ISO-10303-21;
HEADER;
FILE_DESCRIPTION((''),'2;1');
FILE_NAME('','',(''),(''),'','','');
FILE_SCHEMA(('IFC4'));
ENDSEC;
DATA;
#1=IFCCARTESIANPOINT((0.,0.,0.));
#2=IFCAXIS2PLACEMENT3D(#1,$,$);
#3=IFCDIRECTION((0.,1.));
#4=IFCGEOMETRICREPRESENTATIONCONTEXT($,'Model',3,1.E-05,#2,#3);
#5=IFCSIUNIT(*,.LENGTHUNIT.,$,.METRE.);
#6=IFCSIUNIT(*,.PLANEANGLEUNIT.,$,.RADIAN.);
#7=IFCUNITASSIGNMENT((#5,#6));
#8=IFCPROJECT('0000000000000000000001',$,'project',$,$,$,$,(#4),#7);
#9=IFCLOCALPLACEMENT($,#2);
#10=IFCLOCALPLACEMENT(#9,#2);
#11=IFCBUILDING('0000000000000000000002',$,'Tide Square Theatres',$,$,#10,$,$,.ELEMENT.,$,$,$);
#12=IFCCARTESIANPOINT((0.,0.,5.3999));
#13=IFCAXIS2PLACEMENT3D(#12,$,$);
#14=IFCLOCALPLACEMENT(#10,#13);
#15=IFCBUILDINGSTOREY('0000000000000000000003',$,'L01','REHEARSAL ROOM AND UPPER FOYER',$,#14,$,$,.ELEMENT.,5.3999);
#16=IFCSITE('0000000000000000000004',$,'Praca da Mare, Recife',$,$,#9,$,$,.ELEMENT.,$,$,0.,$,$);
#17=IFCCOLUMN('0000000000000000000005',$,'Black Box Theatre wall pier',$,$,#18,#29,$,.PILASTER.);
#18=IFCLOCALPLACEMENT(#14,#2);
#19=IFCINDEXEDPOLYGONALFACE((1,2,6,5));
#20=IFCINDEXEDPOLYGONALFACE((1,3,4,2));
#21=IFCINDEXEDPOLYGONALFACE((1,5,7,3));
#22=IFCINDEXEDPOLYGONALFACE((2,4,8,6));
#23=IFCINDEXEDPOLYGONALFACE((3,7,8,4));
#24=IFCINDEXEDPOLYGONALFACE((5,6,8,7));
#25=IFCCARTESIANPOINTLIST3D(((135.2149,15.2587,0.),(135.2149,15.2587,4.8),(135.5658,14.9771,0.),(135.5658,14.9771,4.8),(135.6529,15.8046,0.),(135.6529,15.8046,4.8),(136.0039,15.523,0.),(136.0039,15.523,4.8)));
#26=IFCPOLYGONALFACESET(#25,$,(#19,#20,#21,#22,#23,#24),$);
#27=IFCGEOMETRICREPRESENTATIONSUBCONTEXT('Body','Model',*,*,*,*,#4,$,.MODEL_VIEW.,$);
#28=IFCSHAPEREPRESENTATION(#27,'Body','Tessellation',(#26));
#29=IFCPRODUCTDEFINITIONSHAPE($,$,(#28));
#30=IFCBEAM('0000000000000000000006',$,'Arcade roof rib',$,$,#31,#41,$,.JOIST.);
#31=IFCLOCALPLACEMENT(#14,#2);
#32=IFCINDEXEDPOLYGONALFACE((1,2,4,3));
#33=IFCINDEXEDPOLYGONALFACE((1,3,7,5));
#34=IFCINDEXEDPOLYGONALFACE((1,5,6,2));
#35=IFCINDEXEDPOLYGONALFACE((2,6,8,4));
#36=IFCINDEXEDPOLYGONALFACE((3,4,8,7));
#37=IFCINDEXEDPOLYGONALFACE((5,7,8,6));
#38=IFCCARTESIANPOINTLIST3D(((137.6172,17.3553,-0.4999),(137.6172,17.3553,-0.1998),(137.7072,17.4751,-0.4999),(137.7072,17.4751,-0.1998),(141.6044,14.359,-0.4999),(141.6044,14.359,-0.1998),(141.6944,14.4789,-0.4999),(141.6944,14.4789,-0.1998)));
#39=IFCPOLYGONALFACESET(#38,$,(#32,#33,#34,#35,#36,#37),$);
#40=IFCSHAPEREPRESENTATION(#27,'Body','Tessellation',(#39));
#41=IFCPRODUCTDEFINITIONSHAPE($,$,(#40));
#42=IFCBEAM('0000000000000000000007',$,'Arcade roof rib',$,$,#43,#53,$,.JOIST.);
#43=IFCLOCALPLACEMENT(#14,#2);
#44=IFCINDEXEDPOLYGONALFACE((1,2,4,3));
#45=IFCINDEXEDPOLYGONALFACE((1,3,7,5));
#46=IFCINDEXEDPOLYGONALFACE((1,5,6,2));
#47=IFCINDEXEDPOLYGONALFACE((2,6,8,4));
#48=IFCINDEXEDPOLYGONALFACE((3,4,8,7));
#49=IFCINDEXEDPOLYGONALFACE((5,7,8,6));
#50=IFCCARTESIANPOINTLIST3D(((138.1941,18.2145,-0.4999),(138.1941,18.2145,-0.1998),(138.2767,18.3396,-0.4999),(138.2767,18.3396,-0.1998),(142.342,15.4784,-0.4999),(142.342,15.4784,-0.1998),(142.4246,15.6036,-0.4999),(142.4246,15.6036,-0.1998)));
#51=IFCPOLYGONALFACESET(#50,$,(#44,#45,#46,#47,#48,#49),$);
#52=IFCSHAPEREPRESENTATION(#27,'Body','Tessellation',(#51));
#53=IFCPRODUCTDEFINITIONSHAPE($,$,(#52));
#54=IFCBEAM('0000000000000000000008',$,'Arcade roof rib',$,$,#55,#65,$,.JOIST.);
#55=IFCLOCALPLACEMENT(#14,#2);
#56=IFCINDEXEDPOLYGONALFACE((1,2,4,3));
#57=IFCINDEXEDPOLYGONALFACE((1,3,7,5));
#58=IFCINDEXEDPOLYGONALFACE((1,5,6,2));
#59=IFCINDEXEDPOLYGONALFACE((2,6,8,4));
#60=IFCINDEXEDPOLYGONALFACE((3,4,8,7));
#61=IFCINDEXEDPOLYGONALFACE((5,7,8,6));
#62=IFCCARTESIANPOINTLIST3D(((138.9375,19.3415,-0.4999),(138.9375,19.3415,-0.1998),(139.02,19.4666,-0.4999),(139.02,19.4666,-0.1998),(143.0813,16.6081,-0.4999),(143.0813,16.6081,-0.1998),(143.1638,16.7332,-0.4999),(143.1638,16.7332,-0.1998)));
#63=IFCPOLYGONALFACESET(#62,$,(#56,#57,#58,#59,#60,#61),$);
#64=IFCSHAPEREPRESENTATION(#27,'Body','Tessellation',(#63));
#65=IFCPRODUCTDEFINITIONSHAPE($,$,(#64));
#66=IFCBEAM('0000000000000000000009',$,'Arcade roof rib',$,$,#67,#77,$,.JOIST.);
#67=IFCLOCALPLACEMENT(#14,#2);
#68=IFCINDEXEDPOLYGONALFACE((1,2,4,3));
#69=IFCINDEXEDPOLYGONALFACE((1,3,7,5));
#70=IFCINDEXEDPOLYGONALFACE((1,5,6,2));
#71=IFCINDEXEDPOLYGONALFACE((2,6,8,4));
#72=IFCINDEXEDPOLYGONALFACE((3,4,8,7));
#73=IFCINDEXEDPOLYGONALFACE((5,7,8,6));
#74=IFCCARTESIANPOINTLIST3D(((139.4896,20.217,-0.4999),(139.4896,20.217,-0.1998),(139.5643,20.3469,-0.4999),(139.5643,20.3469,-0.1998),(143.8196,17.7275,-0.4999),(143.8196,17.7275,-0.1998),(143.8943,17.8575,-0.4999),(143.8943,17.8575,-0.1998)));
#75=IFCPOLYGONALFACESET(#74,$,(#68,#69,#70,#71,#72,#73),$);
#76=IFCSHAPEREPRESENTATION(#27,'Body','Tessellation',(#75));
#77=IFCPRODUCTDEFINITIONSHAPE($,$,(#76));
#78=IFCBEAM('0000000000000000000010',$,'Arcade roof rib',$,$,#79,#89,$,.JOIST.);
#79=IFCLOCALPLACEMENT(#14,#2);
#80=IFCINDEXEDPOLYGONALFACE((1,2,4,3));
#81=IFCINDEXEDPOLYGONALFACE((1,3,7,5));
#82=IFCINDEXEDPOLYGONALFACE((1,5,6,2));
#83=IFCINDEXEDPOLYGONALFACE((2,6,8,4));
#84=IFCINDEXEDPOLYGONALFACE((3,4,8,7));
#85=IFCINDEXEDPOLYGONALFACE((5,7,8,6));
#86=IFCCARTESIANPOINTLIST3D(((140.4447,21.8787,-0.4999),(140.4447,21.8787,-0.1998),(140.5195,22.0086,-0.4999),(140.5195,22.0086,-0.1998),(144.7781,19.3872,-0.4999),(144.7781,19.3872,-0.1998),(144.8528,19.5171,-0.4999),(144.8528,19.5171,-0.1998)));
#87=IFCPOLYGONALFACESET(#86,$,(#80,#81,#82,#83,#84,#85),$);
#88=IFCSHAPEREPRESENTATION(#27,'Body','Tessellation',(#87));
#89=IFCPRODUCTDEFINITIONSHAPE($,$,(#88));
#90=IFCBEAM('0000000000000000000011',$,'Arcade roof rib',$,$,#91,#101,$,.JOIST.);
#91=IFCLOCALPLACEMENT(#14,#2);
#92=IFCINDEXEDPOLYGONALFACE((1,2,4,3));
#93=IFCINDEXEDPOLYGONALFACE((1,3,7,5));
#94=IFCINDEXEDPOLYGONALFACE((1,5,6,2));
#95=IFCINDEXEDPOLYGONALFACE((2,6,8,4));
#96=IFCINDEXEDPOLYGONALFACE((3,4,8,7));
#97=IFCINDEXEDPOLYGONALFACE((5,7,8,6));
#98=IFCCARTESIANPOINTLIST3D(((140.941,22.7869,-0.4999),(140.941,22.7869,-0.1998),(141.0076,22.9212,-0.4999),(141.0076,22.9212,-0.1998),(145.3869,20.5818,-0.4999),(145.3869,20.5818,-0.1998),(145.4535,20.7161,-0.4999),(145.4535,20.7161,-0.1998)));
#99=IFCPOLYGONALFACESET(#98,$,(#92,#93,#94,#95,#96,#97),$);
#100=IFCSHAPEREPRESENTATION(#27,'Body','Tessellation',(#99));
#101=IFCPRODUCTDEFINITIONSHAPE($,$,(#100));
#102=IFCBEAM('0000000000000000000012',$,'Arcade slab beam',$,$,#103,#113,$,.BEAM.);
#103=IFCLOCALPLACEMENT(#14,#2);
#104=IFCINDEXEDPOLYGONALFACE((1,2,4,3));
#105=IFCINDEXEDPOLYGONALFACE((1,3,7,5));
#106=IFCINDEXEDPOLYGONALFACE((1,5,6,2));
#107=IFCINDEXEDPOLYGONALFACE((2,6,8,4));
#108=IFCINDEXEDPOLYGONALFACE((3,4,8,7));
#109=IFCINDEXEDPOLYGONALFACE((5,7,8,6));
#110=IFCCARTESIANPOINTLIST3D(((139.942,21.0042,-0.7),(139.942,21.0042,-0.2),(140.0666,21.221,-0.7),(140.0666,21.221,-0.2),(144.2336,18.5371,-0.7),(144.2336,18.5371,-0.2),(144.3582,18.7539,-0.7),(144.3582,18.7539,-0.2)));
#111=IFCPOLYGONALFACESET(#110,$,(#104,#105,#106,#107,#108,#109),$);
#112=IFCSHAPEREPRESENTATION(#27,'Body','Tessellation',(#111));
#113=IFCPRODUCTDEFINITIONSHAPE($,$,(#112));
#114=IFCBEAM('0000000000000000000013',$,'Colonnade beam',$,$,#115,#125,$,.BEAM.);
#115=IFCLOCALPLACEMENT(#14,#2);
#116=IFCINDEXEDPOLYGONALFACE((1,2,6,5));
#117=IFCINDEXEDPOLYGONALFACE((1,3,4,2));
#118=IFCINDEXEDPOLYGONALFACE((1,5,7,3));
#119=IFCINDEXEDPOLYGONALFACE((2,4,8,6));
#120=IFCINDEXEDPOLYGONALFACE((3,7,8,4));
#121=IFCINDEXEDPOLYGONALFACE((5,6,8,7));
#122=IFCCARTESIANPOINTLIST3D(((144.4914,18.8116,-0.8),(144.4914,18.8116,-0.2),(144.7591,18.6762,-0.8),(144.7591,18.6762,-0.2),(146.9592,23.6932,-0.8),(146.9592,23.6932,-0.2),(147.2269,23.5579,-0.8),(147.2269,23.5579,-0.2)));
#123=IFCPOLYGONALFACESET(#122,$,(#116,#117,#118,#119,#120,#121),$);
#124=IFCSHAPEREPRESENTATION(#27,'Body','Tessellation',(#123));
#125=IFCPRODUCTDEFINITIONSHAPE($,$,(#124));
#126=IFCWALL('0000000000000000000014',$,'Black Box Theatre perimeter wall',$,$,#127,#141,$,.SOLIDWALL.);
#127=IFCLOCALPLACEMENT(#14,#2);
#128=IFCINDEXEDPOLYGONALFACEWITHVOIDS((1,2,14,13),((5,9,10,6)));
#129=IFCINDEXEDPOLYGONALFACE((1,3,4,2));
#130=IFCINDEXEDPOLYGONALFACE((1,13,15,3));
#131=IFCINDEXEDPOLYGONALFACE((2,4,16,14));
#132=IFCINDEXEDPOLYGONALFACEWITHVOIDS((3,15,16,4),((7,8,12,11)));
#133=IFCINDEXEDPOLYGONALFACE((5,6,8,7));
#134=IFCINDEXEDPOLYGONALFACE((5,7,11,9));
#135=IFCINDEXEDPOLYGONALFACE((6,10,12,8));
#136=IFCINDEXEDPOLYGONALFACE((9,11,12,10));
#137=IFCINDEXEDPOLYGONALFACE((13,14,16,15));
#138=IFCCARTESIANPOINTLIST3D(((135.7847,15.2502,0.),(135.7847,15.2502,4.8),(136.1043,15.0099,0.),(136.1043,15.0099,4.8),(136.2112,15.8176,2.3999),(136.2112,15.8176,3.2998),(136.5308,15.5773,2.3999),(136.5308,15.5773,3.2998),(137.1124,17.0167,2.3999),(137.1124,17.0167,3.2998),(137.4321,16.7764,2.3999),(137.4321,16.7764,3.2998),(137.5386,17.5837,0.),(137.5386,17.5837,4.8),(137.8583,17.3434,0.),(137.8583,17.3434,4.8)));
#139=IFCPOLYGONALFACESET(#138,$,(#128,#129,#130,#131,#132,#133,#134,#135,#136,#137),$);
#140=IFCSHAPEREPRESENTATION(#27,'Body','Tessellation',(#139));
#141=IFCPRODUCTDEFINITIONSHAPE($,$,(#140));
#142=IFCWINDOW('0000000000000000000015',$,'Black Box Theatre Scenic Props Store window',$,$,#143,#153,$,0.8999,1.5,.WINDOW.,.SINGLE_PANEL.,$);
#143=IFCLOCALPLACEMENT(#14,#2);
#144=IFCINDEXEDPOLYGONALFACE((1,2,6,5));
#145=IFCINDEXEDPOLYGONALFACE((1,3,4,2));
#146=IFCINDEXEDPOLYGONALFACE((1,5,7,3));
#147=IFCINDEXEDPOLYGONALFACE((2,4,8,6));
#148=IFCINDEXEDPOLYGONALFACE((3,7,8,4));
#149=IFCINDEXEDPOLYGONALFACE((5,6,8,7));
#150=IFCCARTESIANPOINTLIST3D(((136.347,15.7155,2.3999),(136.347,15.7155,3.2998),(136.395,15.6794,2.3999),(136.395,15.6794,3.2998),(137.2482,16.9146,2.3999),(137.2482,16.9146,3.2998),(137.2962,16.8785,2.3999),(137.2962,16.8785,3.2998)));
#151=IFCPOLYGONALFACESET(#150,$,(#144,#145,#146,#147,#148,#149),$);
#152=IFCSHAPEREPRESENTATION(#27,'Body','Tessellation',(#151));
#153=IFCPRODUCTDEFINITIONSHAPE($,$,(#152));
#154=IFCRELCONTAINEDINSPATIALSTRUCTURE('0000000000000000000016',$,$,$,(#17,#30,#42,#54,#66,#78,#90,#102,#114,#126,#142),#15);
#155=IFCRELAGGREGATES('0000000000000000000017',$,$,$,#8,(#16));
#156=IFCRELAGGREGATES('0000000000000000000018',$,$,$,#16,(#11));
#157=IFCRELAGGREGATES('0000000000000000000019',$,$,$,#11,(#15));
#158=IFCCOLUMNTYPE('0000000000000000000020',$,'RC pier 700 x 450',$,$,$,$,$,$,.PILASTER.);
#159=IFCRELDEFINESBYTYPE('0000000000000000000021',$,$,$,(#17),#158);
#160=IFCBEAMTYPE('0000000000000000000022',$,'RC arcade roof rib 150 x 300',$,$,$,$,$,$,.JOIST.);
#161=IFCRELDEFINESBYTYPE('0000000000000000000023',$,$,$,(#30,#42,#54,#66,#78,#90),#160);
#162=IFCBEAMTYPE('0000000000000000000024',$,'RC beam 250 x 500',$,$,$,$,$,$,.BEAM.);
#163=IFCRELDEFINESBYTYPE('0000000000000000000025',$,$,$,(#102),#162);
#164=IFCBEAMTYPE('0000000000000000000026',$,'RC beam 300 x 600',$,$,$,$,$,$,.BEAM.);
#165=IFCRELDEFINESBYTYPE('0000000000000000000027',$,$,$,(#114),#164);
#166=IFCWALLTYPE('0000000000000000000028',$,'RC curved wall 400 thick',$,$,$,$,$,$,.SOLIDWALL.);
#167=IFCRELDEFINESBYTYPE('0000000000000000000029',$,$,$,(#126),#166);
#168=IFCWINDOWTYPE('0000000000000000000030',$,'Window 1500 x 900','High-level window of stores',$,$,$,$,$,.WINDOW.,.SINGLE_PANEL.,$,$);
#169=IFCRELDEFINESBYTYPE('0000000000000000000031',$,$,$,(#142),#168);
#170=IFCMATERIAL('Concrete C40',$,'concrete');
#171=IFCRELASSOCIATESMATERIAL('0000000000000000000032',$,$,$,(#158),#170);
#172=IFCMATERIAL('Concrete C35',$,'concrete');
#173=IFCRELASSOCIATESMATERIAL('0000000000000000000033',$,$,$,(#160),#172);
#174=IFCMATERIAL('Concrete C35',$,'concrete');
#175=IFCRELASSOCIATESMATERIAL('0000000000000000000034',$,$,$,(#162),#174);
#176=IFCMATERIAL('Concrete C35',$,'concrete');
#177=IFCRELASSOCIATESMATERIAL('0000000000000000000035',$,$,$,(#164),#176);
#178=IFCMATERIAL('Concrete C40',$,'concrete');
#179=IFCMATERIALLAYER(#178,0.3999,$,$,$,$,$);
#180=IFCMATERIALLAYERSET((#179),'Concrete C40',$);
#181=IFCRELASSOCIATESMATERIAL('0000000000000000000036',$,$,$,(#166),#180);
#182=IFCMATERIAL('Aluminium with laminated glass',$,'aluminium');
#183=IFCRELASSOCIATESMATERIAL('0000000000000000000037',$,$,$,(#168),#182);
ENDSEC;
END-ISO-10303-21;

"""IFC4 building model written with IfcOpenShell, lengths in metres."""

from ifc_helpers import new_model, si_unit, direction, frame, frame_2d, origin, origin_2d, place, context, subcontext, project, spatial, rectangle, extrude, material, layer, layer_set, material_profile, profile_set, type_object, element, fill, save


model = new_model("IFC4")

# Units and contexts
model_context = context("Model", 3, precision=1e-05, world=origin(), true_north=direction((0.0, 1.0)))
body_context = subcontext(model_context, "Body", "Model", "MODEL_VIEW")
ifc_project = project(units=[si_unit("LENGTHUNIT", "METRE"), si_unit("PLANEANGLEUNIT", "RADIAN")], contexts=[model_context])

# Site, building, storey
site_placement = place(None, origin())
site = spatial("IfcSite", under=ifc_project, at=site_placement, Name="Praca da Mare, Recife", CompositionType="ELEMENT", RefElevation=0.0)
building_placement = place(site_placement, origin())
building = spatial("IfcBuilding", under=site, at=building_placement, Name="Tide Square Theatres", CompositionType="ELEMENT")
storey_placement = place(building_placement, frame((0.0, 0.0, 5.3999)))
storey = spatial("IfcBuildingStorey", under=building, at=storey_placement, Name="L01", Description="REHEARSAL ROOM AND UPPER FOYER", CompositionType="ELEMENT", Elevation=5.3999)

# Column
ifc_material_1 = material(Name="Concrete C40", Category="concrete")
ifc_material_profile_1 = material_profile(ifc_material_1, rectangle(XDim=0.7, YDim=0.45, at=origin_2d()))
ifc_profile_set_1 = profile_set([ifc_material_profile_1], Name="Concrete C40")
column_type = type_object("IfcColumnType", Name="RC pier 700 x 450", PredefinedType="PILASTER", material=ifc_profile_set_1)
column_placement = place(storey_placement, frame((135.6094, 15.3909, 0.0), z_axis=(0.0, 0.0, 1.0), x_axis=(0.625819, 0.779968, 0.0)))
element("IfcColumn", 1, at=column_placement, inside=storey, type_object=column_type, Name="Black Box Theatre wall pier", PredefinedType="PILASTER", context=body_context, shape_type="SweptSolid", body=[
    extrude(rectangle(XDim=0.7, YDim=0.45, at=origin_2d()), origin(), (0.0, 0.0, 1.0), 4.8),
])

# Beams
ifc_material_2 = material(Name="Concrete C35", Category="concrete")
ifc_material_profile_2 = material_profile(ifc_material_2, rectangle(XDim=0.1499, YDim=0.3, at=origin_2d()))
ifc_profile_set_2 = profile_set([ifc_material_profile_2], Name="Concrete C35")
beam_type_1 = type_object("IfcBeamType", Name="RC arcade roof rib 150 x 300", PredefinedType="JOIST", material=ifc_profile_set_2)
beam_1_placement = place(storey_placement, frame((141.6494, 14.4189, -0.3499), z_axis=(-0.799436, 0.600752, 0.0), x_axis=(-0.600752, -0.799436, 0.0)))
element("IfcBeam", 2, at=beam_1_placement, inside=storey, type_object=beam_type_1, Name="Arcade roof rib", PredefinedType="JOIST", context=body_context, shape_type="SweptSolid", body=[
    extrude(rectangle(XDim=0.1499, YDim=0.3, at=origin_2d()), origin(), (0.0, 0.0, 1.0), 4.9875),
])
beam_2_placement = place(storey_placement, frame((142.3833, 15.541, -0.3499), z_axis=(-0.834754, 0.550623, 0.0), x_axis=(-0.550623, -0.834754, 0.0)))
element("IfcBeam", 3, at=beam_2_placement, inside=storey, type_object=beam_type_1, Name="Arcade roof rib", PredefinedType="JOIST", context=body_context, shape_type="SweptSolid", body=[
    extrude(rectangle(XDim=0.1499, YDim=0.3, at=origin_2d()), origin(), (0.0, 0.0, 1.0), 4.969),
])
beam_3_placement = place(storey_placement, frame((143.1226, 16.6707, -0.3499), z_axis=(-0.834749, 0.55063, 0.0), x_axis=(-0.55063, -0.834749, 0.0)))
element("IfcBeam", 4, at=beam_3_placement, inside=storey, type_object=beam_type_1, Name="Arcade roof rib", PredefinedType="JOIST", context=body_context, shape_type="SweptSolid", body=[
    extrude(rectangle(XDim=0.1499, YDim=0.3, at=origin_2d()), origin(), (0.0, 0.0, 1.0), 4.9641),
])
beam_4_placement = place(storey_placement, frame((143.8569, 17.7925, -0.3499), z_axis=(-0.866932, 0.498427, 0.0), x_axis=(-0.498427, -0.866932, 0.0)))
element("IfcBeam", 5, at=beam_4_placement, inside=storey, type_object=beam_type_1, Name="Arcade roof rib", PredefinedType="JOIST", context=body_context, shape_type="SweptSolid", body=[
    extrude(rectangle(XDim=0.1499, YDim=0.3, at=origin_2d()), origin(), (0.0, 0.0, 1.0), 4.9946),
])
beam_5_placement = place(storey_placement, frame((144.8154, 19.4521, -0.3499), z_axis=(-0.866921, 0.498446, 0.0), x_axis=(-0.498446, -0.866921, 0.0)))
element("IfcBeam", 6, at=beam_5_placement, inside=storey, type_object=beam_type_1, Name="Arcade roof rib", PredefinedType="JOIST", context=body_context, shape_type="SweptSolid", body=[
    extrude(rectangle(XDim=0.1499, YDim=0.3, at=origin_2d()), origin(), (0.0, 0.0, 1.0), 4.9985),
])
beam_6_placement = place(storey_placement, frame((145.4202, 20.6489, -0.3499), z_axis=(-0.895859, 0.444338, 0.0), x_axis=(-0.444338, -0.895859, 0.0)))
element("IfcBeam", 7, at=beam_6_placement, inside=storey, type_object=beam_type_1, Name="Arcade roof rib", PredefinedType="JOIST", context=body_context, shape_type="SweptSolid", body=[
    extrude(rectangle(XDim=0.1499, YDim=0.3, at=origin_2d()), origin(), (0.0, 0.0, 1.0), 4.9626),
])
ifc_material_3 = material(Name="Concrete C35", Category="concrete")
ifc_material_profile_3 = material_profile(ifc_material_3, rectangle(XDim=0.25, YDim=0.5, at=origin_2d()))
ifc_profile_set_3 = profile_set([ifc_material_profile_3], Name="Concrete C35")
beam_type_2 = type_object("IfcBeamType", Name="RC beam 250 x 500", PredefinedType="BEAM", material=ifc_profile_set_3)
beam_7_placement = place(storey_placement, frame((144.2959, 18.6455, -0.45), z_axis=(-0.866956, 0.498384, 0.0), x_axis=(-0.498384, -0.866956, 0.0)))
element("IfcBeam", 8, at=beam_7_placement, inside=storey, type_object=beam_type_2, Name="Arcade slab beam", PredefinedType="BEAM", context=body_context, shape_type="SweptSolid", body=[
    extrude(rectangle(XDim=0.25, YDim=0.5, at=origin_2d()), origin(), (0.0, 0.0, 1.0), 4.9502),
])
ifc_material_4 = material(Name="Concrete C35", Category="concrete")
ifc_material_profile_4 = material_profile(ifc_material_4, rectangle(XDim=0.3, YDim=0.6001, at=origin_2d()))
ifc_profile_set_4 = profile_set([ifc_material_profile_4], Name="Concrete C35")
beam_type_3 = type_object("IfcBeamType", Name="RC beam 300 x 600", PredefinedType="BEAM", material=ifc_profile_set_4)
beam_8_placement = place(storey_placement, frame((144.6252, 18.7439, -0.5), z_axis=(0.451155, 0.892446, 0.0), x_axis=(-0.892446, 0.451155, 0.0)))
element("IfcBeam", 9, at=beam_8_placement, inside=storey, type_object=beam_type_3, Name="Colonnade beam", PredefinedType="BEAM", context=body_context, shape_type="SweptSolid", body=[
    extrude(rectangle(XDim=0.3, YDim=0.6001, at=origin_2d()), origin(), (0.0, 0.0, 1.0), 5.47),
])

# Wall, opening, window
ifc_material_5 = material(Name="Concrete C40", Category="concrete")
ifc_layer_1 = layer(ifc_material_5, 0.3999)
ifc_layer_set_1 = layer_set([ifc_layer_1], Name="Concrete C40")
wall_type_1 = type_object("IfcWallType", Name="RC curved wall 400 thick", PredefinedType="SOLIDWALL", material=ifc_layer_set_1)
wall_1_placement = place(storey_placement, frame((135.9446, 15.1301, 0.0), z_axis=(0.0, 0.0, 1.0), x_axis=(0.600829, 0.799377, 0.0)))
wall_1 = element("IfcWall", 10, at=wall_1_placement, inside=storey, type_object=wall_type_1, Name="Black Box Theatre perimeter wall", PredefinedType="SOLIDWALL", context=body_context, shape_type="SweptSolid", body=[
    extrude(rectangle(XDim=2.9192, YDim=0.3999, at=frame_2d((1.4595, 0.0))), origin(), (0.0, 0.0, 1.0), 4.8),
])
opening_1_placement = place(wall_1_placement, frame((0.7097, 0.0, 2.3999)))
opening_1 = element("IfcOpeningElement", 11, at=opening_1_placement, cuts=wall_1, PredefinedType="OPENING", context=body_context, shape_type="SweptSolid", body=[
    extrude(rectangle(XDim=1.5, YDim=0.8999, at=frame_2d((0.75, 0.45))), frame((0.0, 0.21, 0.0), z_axis=(0.0, -1.0, 0.0), x_axis=(1.0, 0.0, 0.0)), (0.0, 0.0, 1.0), 0.4199),
])
ifc_material_6 = material(Name="Aluminium with laminated glass", Category="aluminium")
window_type = type_object("IfcWindowType", Name="Window 1500 x 900", Description="High-level window of stores", PartitioningType="SINGLE_PANEL", PredefinedType="WINDOW", material=ifc_material_6)
window_1_placement = place(opening_1_placement, origin())
window_1 = element("IfcWindow", 12, at=window_1_placement, inside=storey, type_object=window_type, Name="Black Box Theatre Scenic Props Store window", OverallHeight=0.8999, OverallWidth=1.5, PartitioningType="SINGLE_PANEL", PredefinedType="WINDOW", context=body_context, shape_type="SweptSolid", body=[
    extrude(rectangle(XDim=1.5, YDim=0.8999, at=frame_2d((0.75, 0.45))), frame((0.0, 0.03, 0.0), z_axis=(0.0, -1.0, 0.0), x_axis=(1.0, 0.0, 0.0)), (0.0, 0.0, 1.0), 0.0601),
])
fill(opening_1, window_1)

save(model, "model.ifc")
